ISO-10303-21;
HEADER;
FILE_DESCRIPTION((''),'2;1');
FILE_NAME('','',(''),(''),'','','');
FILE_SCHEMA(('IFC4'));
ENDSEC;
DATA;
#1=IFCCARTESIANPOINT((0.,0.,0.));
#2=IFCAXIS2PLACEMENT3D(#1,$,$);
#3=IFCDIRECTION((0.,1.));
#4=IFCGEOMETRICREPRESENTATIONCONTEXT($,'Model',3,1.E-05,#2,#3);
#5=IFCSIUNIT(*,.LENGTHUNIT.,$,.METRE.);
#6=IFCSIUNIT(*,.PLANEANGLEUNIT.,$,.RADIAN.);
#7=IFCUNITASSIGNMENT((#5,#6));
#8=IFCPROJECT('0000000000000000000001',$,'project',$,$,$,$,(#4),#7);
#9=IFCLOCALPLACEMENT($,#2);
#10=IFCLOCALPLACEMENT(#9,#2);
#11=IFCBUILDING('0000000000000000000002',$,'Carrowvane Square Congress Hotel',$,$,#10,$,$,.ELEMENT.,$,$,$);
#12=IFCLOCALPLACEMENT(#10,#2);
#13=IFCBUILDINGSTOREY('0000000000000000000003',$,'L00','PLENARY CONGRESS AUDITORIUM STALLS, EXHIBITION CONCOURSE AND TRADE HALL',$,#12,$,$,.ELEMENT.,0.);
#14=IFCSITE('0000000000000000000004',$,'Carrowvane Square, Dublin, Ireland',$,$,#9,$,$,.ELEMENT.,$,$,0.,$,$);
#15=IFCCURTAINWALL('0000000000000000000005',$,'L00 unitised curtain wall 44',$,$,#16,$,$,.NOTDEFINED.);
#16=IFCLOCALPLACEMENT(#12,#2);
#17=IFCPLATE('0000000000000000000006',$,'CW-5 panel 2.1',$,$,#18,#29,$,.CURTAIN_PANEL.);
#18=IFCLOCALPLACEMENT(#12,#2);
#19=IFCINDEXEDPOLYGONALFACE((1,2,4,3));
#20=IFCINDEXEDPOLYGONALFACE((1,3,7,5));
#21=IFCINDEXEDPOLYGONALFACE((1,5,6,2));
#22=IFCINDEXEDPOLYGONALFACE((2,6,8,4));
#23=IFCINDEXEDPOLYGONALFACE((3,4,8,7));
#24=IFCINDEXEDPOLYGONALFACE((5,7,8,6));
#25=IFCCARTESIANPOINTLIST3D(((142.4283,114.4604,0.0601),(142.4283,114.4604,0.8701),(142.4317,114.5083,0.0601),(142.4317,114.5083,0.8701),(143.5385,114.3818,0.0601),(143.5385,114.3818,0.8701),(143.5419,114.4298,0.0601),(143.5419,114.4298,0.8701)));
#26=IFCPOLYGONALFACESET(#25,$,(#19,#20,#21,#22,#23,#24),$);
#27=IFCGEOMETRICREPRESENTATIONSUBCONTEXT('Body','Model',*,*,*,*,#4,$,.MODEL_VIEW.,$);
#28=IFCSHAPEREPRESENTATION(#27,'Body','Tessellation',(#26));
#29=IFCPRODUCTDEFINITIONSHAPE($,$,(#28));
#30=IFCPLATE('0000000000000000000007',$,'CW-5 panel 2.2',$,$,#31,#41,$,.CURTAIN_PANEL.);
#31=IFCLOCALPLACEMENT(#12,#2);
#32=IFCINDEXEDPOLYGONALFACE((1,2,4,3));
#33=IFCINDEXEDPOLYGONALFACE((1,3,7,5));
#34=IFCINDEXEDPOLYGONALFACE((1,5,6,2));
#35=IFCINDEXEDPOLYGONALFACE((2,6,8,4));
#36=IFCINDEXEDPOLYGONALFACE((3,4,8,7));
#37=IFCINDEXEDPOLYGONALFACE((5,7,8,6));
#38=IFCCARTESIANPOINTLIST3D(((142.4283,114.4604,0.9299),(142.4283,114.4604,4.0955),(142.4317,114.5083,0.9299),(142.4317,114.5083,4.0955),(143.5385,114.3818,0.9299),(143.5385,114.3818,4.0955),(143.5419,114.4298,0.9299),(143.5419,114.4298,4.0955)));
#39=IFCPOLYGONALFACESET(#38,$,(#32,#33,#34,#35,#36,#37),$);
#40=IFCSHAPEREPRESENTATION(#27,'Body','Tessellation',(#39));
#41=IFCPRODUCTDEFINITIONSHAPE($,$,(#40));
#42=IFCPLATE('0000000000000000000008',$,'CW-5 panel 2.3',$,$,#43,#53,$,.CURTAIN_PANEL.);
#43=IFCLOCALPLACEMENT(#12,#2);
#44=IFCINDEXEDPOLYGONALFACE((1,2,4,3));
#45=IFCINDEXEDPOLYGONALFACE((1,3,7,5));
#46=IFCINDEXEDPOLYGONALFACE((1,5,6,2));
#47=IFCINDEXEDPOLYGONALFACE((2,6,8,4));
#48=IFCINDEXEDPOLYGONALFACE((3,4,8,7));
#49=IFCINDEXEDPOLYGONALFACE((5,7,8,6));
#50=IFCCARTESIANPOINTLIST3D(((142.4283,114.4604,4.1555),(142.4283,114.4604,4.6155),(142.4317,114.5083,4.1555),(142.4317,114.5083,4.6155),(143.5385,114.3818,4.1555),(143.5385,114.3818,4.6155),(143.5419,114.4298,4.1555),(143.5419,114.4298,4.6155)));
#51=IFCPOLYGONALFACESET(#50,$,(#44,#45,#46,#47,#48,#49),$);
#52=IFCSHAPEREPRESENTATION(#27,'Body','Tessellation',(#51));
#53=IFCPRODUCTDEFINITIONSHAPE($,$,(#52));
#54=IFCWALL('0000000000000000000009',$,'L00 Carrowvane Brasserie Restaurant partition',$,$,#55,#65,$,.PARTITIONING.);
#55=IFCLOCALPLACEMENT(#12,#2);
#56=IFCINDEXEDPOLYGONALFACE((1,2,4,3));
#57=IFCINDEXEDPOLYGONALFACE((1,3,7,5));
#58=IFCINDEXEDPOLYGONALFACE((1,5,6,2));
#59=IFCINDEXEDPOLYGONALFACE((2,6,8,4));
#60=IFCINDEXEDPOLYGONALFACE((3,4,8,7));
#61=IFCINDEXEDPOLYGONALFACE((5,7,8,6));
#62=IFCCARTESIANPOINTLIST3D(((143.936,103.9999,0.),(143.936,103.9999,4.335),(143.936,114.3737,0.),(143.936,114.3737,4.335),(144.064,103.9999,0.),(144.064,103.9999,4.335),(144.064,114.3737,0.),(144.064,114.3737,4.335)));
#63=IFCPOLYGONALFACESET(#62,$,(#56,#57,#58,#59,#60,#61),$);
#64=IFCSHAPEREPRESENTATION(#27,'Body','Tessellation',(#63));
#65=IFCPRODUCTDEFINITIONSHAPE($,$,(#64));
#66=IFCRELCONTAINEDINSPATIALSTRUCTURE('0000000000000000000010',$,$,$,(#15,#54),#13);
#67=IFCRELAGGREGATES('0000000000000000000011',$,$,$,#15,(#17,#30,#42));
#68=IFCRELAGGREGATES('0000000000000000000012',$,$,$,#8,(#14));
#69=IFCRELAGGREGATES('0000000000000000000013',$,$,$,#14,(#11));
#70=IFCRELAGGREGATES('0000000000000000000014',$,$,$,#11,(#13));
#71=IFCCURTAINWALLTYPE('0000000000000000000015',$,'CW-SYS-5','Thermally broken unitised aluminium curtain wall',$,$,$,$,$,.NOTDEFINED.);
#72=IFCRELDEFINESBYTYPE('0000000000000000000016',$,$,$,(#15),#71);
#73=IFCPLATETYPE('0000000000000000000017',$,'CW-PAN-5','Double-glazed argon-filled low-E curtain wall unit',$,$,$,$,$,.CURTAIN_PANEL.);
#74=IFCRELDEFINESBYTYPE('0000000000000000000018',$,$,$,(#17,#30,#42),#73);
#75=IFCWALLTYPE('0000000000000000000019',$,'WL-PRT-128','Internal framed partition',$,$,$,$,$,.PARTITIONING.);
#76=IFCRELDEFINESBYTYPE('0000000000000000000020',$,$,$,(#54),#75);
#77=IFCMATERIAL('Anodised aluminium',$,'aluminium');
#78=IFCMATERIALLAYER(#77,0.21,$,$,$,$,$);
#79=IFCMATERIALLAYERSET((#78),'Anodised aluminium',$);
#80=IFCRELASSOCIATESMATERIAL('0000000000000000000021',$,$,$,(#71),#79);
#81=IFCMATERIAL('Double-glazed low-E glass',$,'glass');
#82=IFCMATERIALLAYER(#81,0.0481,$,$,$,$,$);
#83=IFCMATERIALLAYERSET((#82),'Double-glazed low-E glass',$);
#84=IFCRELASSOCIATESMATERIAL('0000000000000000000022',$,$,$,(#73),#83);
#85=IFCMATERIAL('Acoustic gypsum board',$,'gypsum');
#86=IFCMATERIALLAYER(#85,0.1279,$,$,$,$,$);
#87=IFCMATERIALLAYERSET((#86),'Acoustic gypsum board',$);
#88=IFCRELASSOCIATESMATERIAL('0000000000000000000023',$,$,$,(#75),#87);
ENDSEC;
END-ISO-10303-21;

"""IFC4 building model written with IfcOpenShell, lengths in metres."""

from ifc_helpers import new_model, si_unit, direction, frame, frame_2d, origin, origin_2d, place, context, subcontext, project, spatial, rectangle, extrude, material, layer, layer_set, type_object, element, aggregate, save


model = new_model("IFC4")

# Units and contexts
model_context = context("Model", 3, precision=1e-05, world=origin(), true_north=direction((0.0, 1.0)))
body_context = subcontext(model_context, "Body", "Model", "MODEL_VIEW")
ifc_project = project(units=[si_unit("LENGTHUNIT", "METRE"), si_unit("PLANEANGLEUNIT", "RADIAN")], contexts=[model_context])

# Site, building, storey
site_placement = place(None, origin())
site = spatial("IfcSite", under=ifc_project, at=site_placement, Name="Carrowvane Square, Dublin, Ireland", CompositionType="ELEMENT", RefElevation=0.0)
building_placement = place(site_placement, origin())
building = spatial("IfcBuilding", under=site, at=building_placement, Name="Carrowvane Square Congress Hotel", CompositionType="ELEMENT")
storey_placement = place(building_placement, origin())
storey = spatial("IfcBuildingStorey", under=building, at=storey_placement, Name="L00", Description="PLENARY CONGRESS AUDITORIUM STALLS, EXHIBITION CONCOURSE AND TRADE HALL", CompositionType="ELEMENT", Elevation=0.0)

# Curtain wall
ifc_material_1 = material(Name="Anodised aluminium", Category="aluminium")
ifc_layer_1 = layer(ifc_material_1, 0.21)
ifc_layer_set_1 = layer_set([ifc_layer_1], Name="Anodised aluminium")
curtain_wall_type_1 = type_object("IfcCurtainWallType", Name="CW-SYS-5", Description="Thermally broken unitised aluminium curtain wall", PredefinedType="NOTDEFINED", material=ifc_layer_set_1)
curtain_wall_1_placement = place(storey_placement, origin())
curtain_wall_1 = element("IfcCurtainWall", 1, at=curtain_wall_1_placement, inside=storey, type_object=curtain_wall_type_1, Name="L00 unitised curtain wall 44", PredefinedType="NOTDEFINED")

# Plates
ifc_material_2 = material(Name="Double-glazed low-E glass", Category="glass")
ifc_layer_2 = layer(ifc_material_2, 0.0481)
ifc_layer_set_2 = layer_set([ifc_layer_2], Name="Double-glazed low-E glass")
plate_type_1 = type_object("IfcPlateType", Name="CW-PAN-5", Description="Double-glazed argon-filled low-E curtain wall unit", PredefinedType="CURTAIN_PANEL", material=ifc_layer_set_2)
plate_1_placement = place(storey_placement, frame((142.9851, 114.4451, 0.0601), z_axis=(0.0, 0.0, 1.0), x_axis=(0.997506, -0.070586, 0.0)))
plate_1 = element("IfcPlate", 2, at=plate_1_placement, type_object=plate_type_1, Name="CW-5 panel 2.1", PredefinedType="CURTAIN_PANEL", context=body_context, shape_type="SweptSolid", body=[
    extrude(rectangle(XDim=1.113, YDim=0.0481, at=origin_2d()), origin(), (0.0, 0.0, 1.0), 0.8101),
])
plate_2_placement = place(storey_placement, frame((142.9851, 114.4451, 0.9299), z_axis=(0.0, 0.0, 1.0), x_axis=(0.997506, -0.070586, 0.0)))
plate_2 = element("IfcPlate", 3, at=plate_2_placement, type_object=plate_type_1, Name="CW-5 panel 2.2", PredefinedType="CURTAIN_PANEL", context=body_context, shape_type="SweptSolid", body=[
    extrude(rectangle(XDim=1.113, YDim=0.0481, at=origin_2d()), origin(), (0.0, 0.0, 1.0), 3.1655),
])
plate_3_placement = place(storey_placement, frame((142.9851, 114.4451, 4.1555), z_axis=(0.0, 0.0, 1.0), x_axis=(0.997506, -0.070586, 0.0)))
plate_3 = element("IfcPlate", 4, at=plate_3_placement, type_object=plate_type_1, Name="CW-5 panel 2.3", PredefinedType="CURTAIN_PANEL", context=body_context, shape_type="SweptSolid", body=[
    extrude(rectangle(XDim=1.113, YDim=0.0481, at=origin_2d()), origin(), (0.0, 0.0, 1.0), 0.46),
])
aggregate(curtain_wall_1, [plate_1, plate_2, plate_3])

# Wall
ifc_material_3 = material(Name="Acoustic gypsum board", Category="gypsum")
ifc_layer_3 = layer(ifc_material_3, 0.1279)
ifc_layer_set_3 = layer_set([ifc_layer_3], Name="Acoustic gypsum board")
wall_type = type_object("IfcWallType", Name="WL-PRT-128", Description="Internal framed partition", PredefinedType="PARTITIONING", material=ifc_layer_set_3)
wall_placement = place(storey_placement, frame((144.0, 114.3738, 0.0), z_axis=(0.0, 0.0, 1.0), x_axis=(0.0, -1.0, 0.0)))
element("IfcWall", 5, at=wall_placement, inside=storey, type_object=wall_type, Name="L00 Carrowvane Brasserie Restaurant partition", PredefinedType="PARTITIONING", context=body_context, shape_type="SweptSolid", body=[
    extrude(rectangle(XDim=10.3738, YDim=0.1279, at=frame_2d((5.187, 0.0))), origin(), (0.0, 0.0, 1.0), 4.335),
])

save(model, "model.ifc")
